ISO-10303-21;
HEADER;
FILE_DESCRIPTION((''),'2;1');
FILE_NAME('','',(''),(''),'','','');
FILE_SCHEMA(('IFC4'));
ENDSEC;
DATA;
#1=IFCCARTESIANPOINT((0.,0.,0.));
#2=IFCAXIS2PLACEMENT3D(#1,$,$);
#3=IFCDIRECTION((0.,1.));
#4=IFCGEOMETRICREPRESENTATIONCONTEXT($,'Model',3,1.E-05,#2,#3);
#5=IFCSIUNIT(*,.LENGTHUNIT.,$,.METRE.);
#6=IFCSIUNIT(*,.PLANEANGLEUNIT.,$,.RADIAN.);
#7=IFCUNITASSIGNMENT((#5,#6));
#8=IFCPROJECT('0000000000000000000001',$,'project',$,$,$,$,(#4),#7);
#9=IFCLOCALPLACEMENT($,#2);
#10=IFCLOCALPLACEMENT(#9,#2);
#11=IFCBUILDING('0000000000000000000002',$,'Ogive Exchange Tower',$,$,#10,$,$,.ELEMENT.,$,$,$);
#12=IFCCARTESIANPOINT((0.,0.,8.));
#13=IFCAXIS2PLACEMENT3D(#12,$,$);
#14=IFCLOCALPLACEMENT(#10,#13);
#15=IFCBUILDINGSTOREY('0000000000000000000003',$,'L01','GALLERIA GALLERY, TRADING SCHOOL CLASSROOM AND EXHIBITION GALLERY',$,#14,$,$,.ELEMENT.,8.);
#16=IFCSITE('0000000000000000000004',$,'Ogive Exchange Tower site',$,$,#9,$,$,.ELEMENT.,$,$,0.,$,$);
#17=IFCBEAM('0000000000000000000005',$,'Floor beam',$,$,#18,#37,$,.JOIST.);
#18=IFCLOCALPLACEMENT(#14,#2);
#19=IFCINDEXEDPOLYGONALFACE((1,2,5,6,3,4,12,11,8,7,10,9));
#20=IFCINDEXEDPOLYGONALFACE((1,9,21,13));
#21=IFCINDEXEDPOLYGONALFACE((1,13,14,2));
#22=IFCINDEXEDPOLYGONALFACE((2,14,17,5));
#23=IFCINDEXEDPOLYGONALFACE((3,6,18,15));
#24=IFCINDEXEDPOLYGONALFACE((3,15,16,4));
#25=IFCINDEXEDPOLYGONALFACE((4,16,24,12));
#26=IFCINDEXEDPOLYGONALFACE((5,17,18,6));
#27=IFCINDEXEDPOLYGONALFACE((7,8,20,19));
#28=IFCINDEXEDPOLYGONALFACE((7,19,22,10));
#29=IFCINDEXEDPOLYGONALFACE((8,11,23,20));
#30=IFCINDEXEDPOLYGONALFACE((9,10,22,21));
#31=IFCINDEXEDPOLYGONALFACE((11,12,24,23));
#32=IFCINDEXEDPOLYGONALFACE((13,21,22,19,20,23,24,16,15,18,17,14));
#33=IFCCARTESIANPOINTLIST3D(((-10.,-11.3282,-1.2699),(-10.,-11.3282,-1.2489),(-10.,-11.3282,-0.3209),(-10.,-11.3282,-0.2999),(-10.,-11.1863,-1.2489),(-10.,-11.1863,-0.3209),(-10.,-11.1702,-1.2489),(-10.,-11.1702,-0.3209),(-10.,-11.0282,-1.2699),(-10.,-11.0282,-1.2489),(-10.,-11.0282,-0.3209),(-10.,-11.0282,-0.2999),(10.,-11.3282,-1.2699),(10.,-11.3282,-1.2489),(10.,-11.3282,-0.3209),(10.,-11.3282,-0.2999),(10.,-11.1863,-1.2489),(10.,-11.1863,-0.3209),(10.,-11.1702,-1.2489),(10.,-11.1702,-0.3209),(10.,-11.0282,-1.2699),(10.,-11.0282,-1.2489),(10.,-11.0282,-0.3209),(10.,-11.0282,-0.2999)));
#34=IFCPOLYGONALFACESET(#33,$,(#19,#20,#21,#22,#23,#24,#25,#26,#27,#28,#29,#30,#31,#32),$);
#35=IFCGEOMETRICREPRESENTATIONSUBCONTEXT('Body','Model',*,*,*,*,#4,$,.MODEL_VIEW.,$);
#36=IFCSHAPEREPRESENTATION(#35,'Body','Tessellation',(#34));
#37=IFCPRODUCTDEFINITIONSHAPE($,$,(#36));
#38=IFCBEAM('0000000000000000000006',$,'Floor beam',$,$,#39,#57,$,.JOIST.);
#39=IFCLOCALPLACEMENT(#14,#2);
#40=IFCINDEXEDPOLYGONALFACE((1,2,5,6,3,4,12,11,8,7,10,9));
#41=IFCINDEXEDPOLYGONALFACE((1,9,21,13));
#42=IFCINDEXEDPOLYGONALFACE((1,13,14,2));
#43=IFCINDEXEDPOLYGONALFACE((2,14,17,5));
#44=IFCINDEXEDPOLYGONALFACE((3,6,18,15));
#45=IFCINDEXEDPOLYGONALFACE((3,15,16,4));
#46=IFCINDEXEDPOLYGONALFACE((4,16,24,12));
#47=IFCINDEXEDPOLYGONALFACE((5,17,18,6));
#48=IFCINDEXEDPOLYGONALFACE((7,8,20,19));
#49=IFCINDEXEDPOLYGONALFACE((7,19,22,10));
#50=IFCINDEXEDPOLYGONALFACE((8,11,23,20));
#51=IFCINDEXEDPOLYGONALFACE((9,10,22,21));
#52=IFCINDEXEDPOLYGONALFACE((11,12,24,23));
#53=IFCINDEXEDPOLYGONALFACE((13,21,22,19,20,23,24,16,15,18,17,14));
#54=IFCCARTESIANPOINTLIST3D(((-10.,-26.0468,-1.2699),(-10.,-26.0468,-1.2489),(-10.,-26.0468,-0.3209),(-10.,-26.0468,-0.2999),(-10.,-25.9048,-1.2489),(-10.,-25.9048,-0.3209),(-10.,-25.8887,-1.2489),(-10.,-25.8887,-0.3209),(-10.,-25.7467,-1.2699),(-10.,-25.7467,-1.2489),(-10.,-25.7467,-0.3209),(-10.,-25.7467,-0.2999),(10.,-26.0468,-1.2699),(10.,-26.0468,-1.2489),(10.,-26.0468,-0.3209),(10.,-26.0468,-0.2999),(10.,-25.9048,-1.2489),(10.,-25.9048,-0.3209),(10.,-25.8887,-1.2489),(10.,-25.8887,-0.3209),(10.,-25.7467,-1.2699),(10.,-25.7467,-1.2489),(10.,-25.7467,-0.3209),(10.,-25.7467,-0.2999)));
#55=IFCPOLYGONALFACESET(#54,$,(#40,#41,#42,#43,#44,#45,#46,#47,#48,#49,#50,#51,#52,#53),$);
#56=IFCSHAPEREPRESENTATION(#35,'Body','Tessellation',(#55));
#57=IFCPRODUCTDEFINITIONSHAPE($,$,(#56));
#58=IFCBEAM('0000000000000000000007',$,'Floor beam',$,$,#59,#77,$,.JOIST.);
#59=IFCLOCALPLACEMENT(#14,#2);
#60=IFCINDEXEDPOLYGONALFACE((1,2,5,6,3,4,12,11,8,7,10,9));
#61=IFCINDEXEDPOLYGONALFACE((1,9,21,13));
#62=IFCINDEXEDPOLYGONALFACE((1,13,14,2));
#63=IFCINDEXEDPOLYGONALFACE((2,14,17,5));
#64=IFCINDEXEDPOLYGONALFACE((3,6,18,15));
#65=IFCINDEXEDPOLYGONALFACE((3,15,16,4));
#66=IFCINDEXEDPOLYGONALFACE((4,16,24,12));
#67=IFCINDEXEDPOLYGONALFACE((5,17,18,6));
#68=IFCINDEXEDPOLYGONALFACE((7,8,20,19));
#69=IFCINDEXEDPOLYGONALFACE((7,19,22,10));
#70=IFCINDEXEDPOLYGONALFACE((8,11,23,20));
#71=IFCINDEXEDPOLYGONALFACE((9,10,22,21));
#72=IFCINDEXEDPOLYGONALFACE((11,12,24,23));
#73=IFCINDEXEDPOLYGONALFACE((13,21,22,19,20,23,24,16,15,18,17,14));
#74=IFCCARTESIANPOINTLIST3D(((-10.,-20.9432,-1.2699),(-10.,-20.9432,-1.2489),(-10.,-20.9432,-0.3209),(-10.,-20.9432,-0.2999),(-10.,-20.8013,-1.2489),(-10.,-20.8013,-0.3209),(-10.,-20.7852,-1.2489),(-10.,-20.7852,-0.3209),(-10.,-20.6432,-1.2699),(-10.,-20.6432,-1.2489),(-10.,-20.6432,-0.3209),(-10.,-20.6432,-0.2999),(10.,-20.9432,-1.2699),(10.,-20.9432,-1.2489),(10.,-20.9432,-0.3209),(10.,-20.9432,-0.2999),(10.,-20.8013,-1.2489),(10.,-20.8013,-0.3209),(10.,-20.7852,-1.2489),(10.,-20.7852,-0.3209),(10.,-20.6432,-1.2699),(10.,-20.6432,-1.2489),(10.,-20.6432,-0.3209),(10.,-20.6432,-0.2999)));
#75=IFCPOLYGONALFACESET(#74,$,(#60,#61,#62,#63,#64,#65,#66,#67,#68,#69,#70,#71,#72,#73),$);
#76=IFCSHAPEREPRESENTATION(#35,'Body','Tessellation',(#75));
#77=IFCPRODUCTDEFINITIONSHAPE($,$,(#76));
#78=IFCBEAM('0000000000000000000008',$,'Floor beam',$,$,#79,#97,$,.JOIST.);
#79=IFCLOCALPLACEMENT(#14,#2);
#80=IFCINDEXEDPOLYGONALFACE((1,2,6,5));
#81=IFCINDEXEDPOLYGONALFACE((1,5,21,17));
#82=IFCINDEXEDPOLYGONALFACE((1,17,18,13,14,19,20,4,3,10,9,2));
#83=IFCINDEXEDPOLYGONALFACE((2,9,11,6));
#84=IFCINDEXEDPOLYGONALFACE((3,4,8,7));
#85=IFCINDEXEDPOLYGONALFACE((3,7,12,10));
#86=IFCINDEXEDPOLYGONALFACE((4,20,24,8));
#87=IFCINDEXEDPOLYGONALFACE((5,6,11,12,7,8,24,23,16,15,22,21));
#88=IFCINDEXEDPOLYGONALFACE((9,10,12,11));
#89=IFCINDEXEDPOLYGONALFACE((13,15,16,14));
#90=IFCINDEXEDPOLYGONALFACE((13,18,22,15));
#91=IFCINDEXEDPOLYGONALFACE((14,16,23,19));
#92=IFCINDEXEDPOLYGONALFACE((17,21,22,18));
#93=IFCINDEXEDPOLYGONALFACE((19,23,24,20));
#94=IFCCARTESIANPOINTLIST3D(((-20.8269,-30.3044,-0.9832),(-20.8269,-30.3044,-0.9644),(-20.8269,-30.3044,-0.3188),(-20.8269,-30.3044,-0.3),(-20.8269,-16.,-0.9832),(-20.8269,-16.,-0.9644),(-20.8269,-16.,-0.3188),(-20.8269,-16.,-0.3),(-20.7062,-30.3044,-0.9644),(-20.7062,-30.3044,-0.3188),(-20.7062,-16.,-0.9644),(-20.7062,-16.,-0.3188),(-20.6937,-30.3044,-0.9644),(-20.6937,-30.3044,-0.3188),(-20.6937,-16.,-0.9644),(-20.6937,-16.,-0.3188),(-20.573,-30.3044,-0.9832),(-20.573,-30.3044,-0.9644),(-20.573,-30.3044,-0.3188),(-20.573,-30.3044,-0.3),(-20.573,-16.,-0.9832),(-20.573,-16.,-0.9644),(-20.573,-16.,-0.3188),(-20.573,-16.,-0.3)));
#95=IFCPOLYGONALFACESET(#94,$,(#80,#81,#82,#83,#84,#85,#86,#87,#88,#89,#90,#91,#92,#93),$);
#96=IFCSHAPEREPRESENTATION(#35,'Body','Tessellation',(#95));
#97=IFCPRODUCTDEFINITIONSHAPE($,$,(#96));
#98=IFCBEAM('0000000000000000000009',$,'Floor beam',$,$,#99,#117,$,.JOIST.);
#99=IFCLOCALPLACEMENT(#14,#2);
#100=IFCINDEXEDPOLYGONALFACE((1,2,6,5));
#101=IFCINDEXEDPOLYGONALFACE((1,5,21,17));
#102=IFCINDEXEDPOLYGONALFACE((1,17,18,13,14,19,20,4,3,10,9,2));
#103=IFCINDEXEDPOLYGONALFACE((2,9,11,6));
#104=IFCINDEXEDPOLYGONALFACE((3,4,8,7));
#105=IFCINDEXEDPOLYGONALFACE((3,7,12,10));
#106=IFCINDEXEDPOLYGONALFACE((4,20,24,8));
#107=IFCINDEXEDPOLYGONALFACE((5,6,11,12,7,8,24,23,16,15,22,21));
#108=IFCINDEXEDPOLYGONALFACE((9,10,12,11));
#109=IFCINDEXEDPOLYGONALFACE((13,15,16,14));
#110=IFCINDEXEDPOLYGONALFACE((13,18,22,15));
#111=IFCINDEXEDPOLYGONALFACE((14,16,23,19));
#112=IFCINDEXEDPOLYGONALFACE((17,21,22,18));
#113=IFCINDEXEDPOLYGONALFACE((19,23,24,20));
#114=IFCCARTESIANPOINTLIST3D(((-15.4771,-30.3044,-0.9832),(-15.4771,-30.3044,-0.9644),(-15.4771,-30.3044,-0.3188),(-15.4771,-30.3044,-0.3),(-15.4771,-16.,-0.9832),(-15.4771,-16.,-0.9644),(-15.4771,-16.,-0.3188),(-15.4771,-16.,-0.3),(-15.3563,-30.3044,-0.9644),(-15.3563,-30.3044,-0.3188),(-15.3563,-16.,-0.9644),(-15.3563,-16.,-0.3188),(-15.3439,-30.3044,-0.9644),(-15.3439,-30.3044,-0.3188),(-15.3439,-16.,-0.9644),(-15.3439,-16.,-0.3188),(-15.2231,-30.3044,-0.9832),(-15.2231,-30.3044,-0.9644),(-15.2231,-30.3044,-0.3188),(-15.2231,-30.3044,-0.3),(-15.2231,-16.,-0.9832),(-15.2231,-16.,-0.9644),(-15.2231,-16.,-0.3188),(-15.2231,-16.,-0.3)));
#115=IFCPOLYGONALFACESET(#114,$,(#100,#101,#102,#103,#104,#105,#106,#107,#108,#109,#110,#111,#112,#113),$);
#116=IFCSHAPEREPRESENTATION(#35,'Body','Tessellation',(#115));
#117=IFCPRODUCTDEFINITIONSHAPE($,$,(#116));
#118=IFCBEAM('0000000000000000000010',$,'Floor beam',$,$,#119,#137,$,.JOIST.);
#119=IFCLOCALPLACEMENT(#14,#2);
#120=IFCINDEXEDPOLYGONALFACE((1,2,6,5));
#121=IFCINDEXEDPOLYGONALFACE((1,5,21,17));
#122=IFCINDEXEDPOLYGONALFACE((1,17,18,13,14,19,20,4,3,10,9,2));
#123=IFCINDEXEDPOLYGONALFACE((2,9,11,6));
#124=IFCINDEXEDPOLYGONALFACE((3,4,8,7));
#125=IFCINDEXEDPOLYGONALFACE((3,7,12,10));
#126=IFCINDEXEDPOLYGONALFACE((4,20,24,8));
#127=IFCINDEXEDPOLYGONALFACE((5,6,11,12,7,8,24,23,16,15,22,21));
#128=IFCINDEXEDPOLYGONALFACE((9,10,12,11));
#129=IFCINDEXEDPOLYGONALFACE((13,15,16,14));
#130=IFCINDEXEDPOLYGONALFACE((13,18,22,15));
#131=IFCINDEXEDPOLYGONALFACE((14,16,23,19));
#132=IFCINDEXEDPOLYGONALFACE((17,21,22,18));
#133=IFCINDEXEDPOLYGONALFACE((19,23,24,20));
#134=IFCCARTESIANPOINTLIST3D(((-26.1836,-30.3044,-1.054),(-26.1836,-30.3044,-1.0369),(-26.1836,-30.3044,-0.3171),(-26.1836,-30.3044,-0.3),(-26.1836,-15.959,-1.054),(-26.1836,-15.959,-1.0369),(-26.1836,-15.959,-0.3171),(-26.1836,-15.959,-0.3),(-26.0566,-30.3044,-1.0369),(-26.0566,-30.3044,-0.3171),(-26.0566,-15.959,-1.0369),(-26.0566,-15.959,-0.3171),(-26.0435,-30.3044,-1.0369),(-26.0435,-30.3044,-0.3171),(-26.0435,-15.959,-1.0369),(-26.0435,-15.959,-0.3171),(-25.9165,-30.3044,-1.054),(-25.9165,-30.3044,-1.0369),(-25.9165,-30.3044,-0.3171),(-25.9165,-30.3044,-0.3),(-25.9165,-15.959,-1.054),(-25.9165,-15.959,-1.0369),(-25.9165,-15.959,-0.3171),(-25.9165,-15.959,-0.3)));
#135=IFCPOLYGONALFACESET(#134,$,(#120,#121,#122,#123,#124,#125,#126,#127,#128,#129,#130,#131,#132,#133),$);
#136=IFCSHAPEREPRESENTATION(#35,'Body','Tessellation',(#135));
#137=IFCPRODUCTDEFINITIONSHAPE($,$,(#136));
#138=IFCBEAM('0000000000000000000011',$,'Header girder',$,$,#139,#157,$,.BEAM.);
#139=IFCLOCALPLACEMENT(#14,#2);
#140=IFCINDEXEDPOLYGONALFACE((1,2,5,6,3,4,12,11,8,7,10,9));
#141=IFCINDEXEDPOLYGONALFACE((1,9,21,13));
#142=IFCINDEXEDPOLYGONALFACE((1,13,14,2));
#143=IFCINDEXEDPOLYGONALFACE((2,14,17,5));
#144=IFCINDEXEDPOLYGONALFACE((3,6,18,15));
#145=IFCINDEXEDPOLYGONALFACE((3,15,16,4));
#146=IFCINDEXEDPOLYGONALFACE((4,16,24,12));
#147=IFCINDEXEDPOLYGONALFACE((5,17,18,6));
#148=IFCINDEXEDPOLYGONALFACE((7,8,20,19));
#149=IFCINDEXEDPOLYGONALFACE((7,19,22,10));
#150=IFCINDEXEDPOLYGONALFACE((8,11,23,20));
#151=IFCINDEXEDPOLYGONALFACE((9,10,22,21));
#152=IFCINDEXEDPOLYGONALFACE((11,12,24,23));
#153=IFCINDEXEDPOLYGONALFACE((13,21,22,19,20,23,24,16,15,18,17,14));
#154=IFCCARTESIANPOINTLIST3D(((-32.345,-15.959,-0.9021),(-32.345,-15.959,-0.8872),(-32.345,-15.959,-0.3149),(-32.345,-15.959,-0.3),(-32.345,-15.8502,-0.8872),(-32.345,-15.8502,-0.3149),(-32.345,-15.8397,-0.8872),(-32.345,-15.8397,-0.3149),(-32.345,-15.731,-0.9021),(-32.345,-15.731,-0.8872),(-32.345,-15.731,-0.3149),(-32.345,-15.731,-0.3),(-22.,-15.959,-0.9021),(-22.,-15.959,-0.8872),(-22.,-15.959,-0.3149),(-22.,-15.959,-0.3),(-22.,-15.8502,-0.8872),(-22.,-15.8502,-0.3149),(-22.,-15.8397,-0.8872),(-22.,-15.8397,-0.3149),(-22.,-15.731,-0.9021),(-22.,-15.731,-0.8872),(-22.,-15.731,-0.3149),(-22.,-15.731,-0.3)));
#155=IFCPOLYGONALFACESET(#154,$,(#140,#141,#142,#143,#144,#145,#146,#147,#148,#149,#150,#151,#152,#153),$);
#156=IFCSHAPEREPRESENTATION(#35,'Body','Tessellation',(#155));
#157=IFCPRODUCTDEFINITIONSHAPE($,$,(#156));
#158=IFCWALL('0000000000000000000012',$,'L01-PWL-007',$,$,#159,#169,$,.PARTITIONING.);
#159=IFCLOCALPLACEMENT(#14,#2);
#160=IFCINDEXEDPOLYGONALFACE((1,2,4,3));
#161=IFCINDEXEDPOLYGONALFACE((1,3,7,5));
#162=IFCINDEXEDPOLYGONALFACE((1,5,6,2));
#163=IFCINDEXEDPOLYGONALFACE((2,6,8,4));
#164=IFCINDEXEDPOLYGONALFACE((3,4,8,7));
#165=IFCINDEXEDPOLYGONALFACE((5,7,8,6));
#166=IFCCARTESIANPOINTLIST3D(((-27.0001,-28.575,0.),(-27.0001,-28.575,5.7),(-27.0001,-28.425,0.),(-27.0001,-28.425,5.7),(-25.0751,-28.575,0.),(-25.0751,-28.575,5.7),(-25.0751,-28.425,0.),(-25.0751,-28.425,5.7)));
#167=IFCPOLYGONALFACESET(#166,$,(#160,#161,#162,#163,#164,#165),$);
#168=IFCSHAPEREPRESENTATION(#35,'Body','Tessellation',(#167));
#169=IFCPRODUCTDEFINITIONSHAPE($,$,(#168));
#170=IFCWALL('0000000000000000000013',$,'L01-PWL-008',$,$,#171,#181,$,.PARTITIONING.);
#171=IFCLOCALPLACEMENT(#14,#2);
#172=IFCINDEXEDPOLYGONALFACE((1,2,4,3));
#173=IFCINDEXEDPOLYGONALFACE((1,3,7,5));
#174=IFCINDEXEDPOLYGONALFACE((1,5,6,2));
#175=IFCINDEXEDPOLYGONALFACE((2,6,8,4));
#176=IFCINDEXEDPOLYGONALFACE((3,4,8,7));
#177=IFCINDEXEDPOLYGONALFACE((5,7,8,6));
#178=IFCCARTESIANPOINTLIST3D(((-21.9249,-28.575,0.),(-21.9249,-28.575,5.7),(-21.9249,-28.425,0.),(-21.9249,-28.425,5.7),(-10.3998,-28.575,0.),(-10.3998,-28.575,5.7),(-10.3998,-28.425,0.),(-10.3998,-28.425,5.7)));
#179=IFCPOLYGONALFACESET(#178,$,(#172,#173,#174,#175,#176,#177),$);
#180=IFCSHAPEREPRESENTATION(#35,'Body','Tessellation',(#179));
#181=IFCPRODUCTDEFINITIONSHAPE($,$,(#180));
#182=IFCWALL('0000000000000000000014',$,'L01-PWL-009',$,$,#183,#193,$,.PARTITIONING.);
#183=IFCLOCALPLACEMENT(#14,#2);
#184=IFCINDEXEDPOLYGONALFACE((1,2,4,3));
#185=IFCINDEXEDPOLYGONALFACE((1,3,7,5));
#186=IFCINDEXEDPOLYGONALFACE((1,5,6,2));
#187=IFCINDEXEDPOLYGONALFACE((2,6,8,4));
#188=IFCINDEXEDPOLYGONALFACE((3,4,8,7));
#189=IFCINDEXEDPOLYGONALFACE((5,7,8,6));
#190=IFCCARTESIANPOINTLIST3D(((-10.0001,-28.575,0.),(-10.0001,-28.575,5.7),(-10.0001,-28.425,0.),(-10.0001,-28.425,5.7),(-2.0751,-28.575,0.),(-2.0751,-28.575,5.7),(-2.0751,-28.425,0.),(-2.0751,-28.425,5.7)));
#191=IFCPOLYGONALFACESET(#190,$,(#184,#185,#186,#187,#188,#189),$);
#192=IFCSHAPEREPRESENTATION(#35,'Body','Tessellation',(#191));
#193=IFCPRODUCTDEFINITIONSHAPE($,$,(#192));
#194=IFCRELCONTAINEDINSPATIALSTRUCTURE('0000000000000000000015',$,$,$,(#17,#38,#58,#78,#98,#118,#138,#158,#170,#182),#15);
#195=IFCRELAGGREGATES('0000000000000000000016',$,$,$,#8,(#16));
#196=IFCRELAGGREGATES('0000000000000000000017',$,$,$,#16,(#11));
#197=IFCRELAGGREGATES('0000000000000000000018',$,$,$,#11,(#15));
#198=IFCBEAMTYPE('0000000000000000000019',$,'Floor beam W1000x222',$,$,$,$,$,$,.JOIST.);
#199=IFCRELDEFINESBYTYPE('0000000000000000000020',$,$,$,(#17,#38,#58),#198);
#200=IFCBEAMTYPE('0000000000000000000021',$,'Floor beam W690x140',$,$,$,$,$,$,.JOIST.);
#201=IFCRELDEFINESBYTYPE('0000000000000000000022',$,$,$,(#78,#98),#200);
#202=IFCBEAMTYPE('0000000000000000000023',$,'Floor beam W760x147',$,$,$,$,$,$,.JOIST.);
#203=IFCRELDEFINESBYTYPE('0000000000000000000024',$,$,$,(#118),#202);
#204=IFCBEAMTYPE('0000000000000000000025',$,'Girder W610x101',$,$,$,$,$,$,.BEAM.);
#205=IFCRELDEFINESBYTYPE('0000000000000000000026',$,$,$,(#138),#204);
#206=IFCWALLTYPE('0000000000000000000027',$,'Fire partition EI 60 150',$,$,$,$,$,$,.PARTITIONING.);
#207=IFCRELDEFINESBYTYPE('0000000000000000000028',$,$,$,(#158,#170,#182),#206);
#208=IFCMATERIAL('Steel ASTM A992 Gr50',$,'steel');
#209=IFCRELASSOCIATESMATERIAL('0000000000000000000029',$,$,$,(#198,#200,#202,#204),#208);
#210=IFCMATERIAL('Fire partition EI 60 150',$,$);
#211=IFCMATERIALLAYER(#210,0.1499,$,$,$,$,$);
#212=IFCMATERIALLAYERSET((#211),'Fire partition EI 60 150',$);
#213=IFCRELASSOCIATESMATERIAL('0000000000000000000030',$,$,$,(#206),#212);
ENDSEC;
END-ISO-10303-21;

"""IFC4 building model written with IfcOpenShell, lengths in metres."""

from ifc_helpers import new_model, si_unit, direction, frame, frame_2d, origin, origin_2d, place, context, subcontext, project, spatial, rectangle, i_section, extrude, material, layer, layer_set, material_profile, profile_set, type_object, element, save


model = new_model("IFC4")

# Units and contexts
model_context = context("Model", 3, precision=1e-05, world=origin(), true_north=direction((0.0, 1.0)))
body_context = subcontext(model_context, "Body", "Model", "MODEL_VIEW")
ifc_project = project(units=[si_unit("LENGTHUNIT", "METRE"), si_unit("PLANEANGLEUNIT", "RADIAN")], contexts=[model_context])

# Site, building, storey
site_placement = place(None, origin())
site = spatial("IfcSite", under=ifc_project, at=site_placement, Name="Ogive Exchange Tower site", CompositionType="ELEMENT", RefElevation=0.0)
building_placement = place(site_placement, origin())
building = spatial("IfcBuilding", under=site, at=building_placement, Name="Ogive Exchange Tower", CompositionType="ELEMENT")
storey_placement = place(building_placement, frame((0.0, 0.0, 8.0)))
storey = spatial("IfcBuildingStorey", under=building, at=storey_placement, Name="L01", Description="GALLERIA GALLERY, TRADING SCHOOL CLASSROOM AND EXHIBITION GALLERY", CompositionType="ELEMENT", Elevation=8.0)

# Beams
ifc_material_1 = material(Name="Steel ASTM A992 Gr50", Category="steel")
ifc_material_profile_1 = material_profile(ifc_material_1, i_section(OverallWidth=0.3, OverallDepth=0.97, WebThickness=0.0161, FlangeThickness=0.021, at=origin_2d()), Name="W1000x222")
ifc_profile_set_1 = profile_set([ifc_material_profile_1], Name="Steel ASTM A992 Gr50")
beam_type_1 = type_object("IfcBeamType", Name="Floor beam W1000x222", PredefinedType="JOIST", material=ifc_profile_set_1)
for number, where, z_axis, x_axis, name in (
    (1, (-10.0, -11.1782, -0.7849), (1.0, 0.0, 0.0), (0.0, 1.0, 0.0), "Floor beam"),
    (2, (-10.0, -25.8967, -0.7849), (1.0, 0.0, 0.0), (0.0, 1.0, 0.0), "Floor beam"),
    (3, (-10.0, -20.7932, -0.7849), (1.0, 0.0, 0.0), (0.0, 1.0, 0.0), "Floor beam"),
):
    element("IfcBeam", number, at=place(storey_placement, frame(where, z_axis=z_axis, x_axis=x_axis)), inside=storey, type_object=beam_type_1, Name=name, PredefinedType="JOIST", context=body_context, shape_type="SweptSolid", body=[
        extrude(i_section(OverallWidth=0.3, OverallDepth=0.97, WebThickness=0.0161, FlangeThickness=0.021, at=origin_2d()), origin(), (0.0, 0.0, 1.0), 20.0),
    ])
ifc_material_profile_2 = material_profile(ifc_material_1, i_section(OverallWidth=0.2539, OverallDepth=0.6831, WebThickness=0.0125, FlangeThickness=0.0188, at=origin_2d()), Name="W690x140")
ifc_profile_set_2 = profile_set([ifc_material_profile_2], Name="Steel ASTM A992 Gr50")
beam_type_2 = type_object("IfcBeamType", Name="Floor beam W690x140", PredefinedType="JOIST", material=ifc_profile_set_2)
for number, where, z_axis, x_axis, name in (
    (4, (-20.7, -30.3044, -0.6416), (0.0, 1.0, 0.0), (-1.0, 0.0, 0.0), "Floor beam"),
    (5, (-15.3501, -30.3044, -0.6416), (0.0, 1.0, 0.0), (-1.0, 0.0, 0.0), "Floor beam"),
):
    element("IfcBeam", number, at=place(storey_placement, frame(where, z_axis=z_axis, x_axis=x_axis)), inside=storey, type_object=beam_type_2, Name=name, PredefinedType="JOIST", context=body_context, shape_type="SweptSolid", body=[
        extrude(i_section(OverallWidth=0.2539, OverallDepth=0.6831, WebThickness=0.0125, FlangeThickness=0.0188, at=origin_2d()), origin(), (0.0, 0.0, 1.0), 14.3044),
    ])
ifc_material_profile_3 = material_profile(ifc_material_1, i_section(OverallWidth=0.2671, OverallDepth=0.7539, WebThickness=0.0132, FlangeThickness=0.0171, at=origin_2d()), Name="W760x147")
ifc_profile_set_3 = profile_set([ifc_material_profile_3], Name="Steel ASTM A992 Gr50")
beam_type_3 = type_object("IfcBeamType", Name="Floor beam W760x147", PredefinedType="JOIST", material=ifc_profile_set_3)
beam_1_placement = place(storey_placement, frame((-26.05, -30.3044, -0.677), z_axis=(0.0, 1.0, 0.0), x_axis=(-1.0, 0.0, 0.0)))
element("IfcBeam", 6, at=beam_1_placement, inside=storey, type_object=beam_type_3, Name="Floor beam", PredefinedType="JOIST", context=body_context, shape_type="SweptSolid", body=[
    extrude(i_section(OverallWidth=0.2671, OverallDepth=0.7539, WebThickness=0.0132, FlangeThickness=0.0171, at=origin_2d()), origin(), (0.0, 0.0, 1.0), 14.3455),
])
ifc_material_profile_4 = material_profile(ifc_material_1, i_section(OverallWidth=0.228, OverallDepth=0.6021, WebThickness=0.0105, FlangeThickness=0.0149, at=origin_2d()), Name="W610x101")
ifc_profile_set_4 = profile_set([ifc_material_profile_4], Name="Steel ASTM A992 Gr50")
beam_type_4 = type_object("IfcBeamType", Name="Girder W610x101", PredefinedType="BEAM", material=ifc_profile_set_4)
beam_2_placement = place(storey_placement, frame((-22.0, -15.845, -0.6011), z_axis=(-1.0, 0.0, 0.0), x_axis=(0.0, -1.0, 0.0)))
element("IfcBeam", 7, at=beam_2_placement, inside=storey, type_object=beam_type_4, Name="Header girder", PredefinedType="BEAM", context=body_context, shape_type="SweptSolid", body=[
    extrude(i_section(OverallWidth=0.228, OverallDepth=0.6021, WebThickness=0.0105, FlangeThickness=0.0149, at=origin_2d()), origin(), (0.0, 0.0, 1.0), 10.345),
])

# Walls
ifc_material_2 = material(Name="Fire partition EI 60 150")
ifc_layer_1 = layer(ifc_material_2, 0.1499)
ifc_layer_set_1 = layer_set([ifc_layer_1], Name="Fire partition EI 60 150")
wall_type_1 = type_object("IfcWallType", Name="Fire partition EI 60 150", PredefinedType="PARTITIONING", material=ifc_layer_set_1)
wall_1_placement = place(storey_placement, frame((-27.0, -28.5, 0.0), z_axis=(0.0, 0.0, 1.0), x_axis=(1.0, 0.0, 0.0)))
element("IfcWall", 8, at=wall_1_placement, inside=storey, type_object=wall_type_1, Name="L01-PWL-007", PredefinedType="PARTITIONING", context=body_context, shape_type="SweptSolid", body=[
    extrude(rectangle(XDim=1.925, YDim=0.1499, at=frame_2d((0.9624, 0.0))), origin(), (0.0, 0.0, 1.0), 5.7),
])
wall_2_placement = place(storey_placement, frame((-21.925, -28.5, 0.0), z_axis=(0.0, 0.0, 1.0), x_axis=(1.0, 0.0, 0.0)))
element("IfcWall", 9, at=wall_2_placement, inside=storey, type_object=wall_type_1, Name="L01-PWL-008", PredefinedType="PARTITIONING", context=body_context, shape_type="SweptSolid", body=[
    extrude(rectangle(XDim=11.5251, YDim=0.1499, at=frame_2d((5.7627, 0.0))), origin(), (0.0, 0.0, 1.0), 5.7),
])
wall_3_placement = place(storey_placement, frame((-10.0, -28.5, 0.0), z_axis=(0.0, 0.0, 1.0), x_axis=(1.0, 0.0, 0.0)))
element("IfcWall", 10, at=wall_3_placement, inside=storey, type_object=wall_type_1, Name="L01-PWL-009", PredefinedType="PARTITIONING", context=body_context, shape_type="SweptSolid", body=[
    extrude(rectangle(XDim=7.925, YDim=0.1499, at=frame_2d((3.9624, 0.0))), origin(), (0.0, 0.0, 1.0), 5.7),
])

save(model, "model.ifc")
